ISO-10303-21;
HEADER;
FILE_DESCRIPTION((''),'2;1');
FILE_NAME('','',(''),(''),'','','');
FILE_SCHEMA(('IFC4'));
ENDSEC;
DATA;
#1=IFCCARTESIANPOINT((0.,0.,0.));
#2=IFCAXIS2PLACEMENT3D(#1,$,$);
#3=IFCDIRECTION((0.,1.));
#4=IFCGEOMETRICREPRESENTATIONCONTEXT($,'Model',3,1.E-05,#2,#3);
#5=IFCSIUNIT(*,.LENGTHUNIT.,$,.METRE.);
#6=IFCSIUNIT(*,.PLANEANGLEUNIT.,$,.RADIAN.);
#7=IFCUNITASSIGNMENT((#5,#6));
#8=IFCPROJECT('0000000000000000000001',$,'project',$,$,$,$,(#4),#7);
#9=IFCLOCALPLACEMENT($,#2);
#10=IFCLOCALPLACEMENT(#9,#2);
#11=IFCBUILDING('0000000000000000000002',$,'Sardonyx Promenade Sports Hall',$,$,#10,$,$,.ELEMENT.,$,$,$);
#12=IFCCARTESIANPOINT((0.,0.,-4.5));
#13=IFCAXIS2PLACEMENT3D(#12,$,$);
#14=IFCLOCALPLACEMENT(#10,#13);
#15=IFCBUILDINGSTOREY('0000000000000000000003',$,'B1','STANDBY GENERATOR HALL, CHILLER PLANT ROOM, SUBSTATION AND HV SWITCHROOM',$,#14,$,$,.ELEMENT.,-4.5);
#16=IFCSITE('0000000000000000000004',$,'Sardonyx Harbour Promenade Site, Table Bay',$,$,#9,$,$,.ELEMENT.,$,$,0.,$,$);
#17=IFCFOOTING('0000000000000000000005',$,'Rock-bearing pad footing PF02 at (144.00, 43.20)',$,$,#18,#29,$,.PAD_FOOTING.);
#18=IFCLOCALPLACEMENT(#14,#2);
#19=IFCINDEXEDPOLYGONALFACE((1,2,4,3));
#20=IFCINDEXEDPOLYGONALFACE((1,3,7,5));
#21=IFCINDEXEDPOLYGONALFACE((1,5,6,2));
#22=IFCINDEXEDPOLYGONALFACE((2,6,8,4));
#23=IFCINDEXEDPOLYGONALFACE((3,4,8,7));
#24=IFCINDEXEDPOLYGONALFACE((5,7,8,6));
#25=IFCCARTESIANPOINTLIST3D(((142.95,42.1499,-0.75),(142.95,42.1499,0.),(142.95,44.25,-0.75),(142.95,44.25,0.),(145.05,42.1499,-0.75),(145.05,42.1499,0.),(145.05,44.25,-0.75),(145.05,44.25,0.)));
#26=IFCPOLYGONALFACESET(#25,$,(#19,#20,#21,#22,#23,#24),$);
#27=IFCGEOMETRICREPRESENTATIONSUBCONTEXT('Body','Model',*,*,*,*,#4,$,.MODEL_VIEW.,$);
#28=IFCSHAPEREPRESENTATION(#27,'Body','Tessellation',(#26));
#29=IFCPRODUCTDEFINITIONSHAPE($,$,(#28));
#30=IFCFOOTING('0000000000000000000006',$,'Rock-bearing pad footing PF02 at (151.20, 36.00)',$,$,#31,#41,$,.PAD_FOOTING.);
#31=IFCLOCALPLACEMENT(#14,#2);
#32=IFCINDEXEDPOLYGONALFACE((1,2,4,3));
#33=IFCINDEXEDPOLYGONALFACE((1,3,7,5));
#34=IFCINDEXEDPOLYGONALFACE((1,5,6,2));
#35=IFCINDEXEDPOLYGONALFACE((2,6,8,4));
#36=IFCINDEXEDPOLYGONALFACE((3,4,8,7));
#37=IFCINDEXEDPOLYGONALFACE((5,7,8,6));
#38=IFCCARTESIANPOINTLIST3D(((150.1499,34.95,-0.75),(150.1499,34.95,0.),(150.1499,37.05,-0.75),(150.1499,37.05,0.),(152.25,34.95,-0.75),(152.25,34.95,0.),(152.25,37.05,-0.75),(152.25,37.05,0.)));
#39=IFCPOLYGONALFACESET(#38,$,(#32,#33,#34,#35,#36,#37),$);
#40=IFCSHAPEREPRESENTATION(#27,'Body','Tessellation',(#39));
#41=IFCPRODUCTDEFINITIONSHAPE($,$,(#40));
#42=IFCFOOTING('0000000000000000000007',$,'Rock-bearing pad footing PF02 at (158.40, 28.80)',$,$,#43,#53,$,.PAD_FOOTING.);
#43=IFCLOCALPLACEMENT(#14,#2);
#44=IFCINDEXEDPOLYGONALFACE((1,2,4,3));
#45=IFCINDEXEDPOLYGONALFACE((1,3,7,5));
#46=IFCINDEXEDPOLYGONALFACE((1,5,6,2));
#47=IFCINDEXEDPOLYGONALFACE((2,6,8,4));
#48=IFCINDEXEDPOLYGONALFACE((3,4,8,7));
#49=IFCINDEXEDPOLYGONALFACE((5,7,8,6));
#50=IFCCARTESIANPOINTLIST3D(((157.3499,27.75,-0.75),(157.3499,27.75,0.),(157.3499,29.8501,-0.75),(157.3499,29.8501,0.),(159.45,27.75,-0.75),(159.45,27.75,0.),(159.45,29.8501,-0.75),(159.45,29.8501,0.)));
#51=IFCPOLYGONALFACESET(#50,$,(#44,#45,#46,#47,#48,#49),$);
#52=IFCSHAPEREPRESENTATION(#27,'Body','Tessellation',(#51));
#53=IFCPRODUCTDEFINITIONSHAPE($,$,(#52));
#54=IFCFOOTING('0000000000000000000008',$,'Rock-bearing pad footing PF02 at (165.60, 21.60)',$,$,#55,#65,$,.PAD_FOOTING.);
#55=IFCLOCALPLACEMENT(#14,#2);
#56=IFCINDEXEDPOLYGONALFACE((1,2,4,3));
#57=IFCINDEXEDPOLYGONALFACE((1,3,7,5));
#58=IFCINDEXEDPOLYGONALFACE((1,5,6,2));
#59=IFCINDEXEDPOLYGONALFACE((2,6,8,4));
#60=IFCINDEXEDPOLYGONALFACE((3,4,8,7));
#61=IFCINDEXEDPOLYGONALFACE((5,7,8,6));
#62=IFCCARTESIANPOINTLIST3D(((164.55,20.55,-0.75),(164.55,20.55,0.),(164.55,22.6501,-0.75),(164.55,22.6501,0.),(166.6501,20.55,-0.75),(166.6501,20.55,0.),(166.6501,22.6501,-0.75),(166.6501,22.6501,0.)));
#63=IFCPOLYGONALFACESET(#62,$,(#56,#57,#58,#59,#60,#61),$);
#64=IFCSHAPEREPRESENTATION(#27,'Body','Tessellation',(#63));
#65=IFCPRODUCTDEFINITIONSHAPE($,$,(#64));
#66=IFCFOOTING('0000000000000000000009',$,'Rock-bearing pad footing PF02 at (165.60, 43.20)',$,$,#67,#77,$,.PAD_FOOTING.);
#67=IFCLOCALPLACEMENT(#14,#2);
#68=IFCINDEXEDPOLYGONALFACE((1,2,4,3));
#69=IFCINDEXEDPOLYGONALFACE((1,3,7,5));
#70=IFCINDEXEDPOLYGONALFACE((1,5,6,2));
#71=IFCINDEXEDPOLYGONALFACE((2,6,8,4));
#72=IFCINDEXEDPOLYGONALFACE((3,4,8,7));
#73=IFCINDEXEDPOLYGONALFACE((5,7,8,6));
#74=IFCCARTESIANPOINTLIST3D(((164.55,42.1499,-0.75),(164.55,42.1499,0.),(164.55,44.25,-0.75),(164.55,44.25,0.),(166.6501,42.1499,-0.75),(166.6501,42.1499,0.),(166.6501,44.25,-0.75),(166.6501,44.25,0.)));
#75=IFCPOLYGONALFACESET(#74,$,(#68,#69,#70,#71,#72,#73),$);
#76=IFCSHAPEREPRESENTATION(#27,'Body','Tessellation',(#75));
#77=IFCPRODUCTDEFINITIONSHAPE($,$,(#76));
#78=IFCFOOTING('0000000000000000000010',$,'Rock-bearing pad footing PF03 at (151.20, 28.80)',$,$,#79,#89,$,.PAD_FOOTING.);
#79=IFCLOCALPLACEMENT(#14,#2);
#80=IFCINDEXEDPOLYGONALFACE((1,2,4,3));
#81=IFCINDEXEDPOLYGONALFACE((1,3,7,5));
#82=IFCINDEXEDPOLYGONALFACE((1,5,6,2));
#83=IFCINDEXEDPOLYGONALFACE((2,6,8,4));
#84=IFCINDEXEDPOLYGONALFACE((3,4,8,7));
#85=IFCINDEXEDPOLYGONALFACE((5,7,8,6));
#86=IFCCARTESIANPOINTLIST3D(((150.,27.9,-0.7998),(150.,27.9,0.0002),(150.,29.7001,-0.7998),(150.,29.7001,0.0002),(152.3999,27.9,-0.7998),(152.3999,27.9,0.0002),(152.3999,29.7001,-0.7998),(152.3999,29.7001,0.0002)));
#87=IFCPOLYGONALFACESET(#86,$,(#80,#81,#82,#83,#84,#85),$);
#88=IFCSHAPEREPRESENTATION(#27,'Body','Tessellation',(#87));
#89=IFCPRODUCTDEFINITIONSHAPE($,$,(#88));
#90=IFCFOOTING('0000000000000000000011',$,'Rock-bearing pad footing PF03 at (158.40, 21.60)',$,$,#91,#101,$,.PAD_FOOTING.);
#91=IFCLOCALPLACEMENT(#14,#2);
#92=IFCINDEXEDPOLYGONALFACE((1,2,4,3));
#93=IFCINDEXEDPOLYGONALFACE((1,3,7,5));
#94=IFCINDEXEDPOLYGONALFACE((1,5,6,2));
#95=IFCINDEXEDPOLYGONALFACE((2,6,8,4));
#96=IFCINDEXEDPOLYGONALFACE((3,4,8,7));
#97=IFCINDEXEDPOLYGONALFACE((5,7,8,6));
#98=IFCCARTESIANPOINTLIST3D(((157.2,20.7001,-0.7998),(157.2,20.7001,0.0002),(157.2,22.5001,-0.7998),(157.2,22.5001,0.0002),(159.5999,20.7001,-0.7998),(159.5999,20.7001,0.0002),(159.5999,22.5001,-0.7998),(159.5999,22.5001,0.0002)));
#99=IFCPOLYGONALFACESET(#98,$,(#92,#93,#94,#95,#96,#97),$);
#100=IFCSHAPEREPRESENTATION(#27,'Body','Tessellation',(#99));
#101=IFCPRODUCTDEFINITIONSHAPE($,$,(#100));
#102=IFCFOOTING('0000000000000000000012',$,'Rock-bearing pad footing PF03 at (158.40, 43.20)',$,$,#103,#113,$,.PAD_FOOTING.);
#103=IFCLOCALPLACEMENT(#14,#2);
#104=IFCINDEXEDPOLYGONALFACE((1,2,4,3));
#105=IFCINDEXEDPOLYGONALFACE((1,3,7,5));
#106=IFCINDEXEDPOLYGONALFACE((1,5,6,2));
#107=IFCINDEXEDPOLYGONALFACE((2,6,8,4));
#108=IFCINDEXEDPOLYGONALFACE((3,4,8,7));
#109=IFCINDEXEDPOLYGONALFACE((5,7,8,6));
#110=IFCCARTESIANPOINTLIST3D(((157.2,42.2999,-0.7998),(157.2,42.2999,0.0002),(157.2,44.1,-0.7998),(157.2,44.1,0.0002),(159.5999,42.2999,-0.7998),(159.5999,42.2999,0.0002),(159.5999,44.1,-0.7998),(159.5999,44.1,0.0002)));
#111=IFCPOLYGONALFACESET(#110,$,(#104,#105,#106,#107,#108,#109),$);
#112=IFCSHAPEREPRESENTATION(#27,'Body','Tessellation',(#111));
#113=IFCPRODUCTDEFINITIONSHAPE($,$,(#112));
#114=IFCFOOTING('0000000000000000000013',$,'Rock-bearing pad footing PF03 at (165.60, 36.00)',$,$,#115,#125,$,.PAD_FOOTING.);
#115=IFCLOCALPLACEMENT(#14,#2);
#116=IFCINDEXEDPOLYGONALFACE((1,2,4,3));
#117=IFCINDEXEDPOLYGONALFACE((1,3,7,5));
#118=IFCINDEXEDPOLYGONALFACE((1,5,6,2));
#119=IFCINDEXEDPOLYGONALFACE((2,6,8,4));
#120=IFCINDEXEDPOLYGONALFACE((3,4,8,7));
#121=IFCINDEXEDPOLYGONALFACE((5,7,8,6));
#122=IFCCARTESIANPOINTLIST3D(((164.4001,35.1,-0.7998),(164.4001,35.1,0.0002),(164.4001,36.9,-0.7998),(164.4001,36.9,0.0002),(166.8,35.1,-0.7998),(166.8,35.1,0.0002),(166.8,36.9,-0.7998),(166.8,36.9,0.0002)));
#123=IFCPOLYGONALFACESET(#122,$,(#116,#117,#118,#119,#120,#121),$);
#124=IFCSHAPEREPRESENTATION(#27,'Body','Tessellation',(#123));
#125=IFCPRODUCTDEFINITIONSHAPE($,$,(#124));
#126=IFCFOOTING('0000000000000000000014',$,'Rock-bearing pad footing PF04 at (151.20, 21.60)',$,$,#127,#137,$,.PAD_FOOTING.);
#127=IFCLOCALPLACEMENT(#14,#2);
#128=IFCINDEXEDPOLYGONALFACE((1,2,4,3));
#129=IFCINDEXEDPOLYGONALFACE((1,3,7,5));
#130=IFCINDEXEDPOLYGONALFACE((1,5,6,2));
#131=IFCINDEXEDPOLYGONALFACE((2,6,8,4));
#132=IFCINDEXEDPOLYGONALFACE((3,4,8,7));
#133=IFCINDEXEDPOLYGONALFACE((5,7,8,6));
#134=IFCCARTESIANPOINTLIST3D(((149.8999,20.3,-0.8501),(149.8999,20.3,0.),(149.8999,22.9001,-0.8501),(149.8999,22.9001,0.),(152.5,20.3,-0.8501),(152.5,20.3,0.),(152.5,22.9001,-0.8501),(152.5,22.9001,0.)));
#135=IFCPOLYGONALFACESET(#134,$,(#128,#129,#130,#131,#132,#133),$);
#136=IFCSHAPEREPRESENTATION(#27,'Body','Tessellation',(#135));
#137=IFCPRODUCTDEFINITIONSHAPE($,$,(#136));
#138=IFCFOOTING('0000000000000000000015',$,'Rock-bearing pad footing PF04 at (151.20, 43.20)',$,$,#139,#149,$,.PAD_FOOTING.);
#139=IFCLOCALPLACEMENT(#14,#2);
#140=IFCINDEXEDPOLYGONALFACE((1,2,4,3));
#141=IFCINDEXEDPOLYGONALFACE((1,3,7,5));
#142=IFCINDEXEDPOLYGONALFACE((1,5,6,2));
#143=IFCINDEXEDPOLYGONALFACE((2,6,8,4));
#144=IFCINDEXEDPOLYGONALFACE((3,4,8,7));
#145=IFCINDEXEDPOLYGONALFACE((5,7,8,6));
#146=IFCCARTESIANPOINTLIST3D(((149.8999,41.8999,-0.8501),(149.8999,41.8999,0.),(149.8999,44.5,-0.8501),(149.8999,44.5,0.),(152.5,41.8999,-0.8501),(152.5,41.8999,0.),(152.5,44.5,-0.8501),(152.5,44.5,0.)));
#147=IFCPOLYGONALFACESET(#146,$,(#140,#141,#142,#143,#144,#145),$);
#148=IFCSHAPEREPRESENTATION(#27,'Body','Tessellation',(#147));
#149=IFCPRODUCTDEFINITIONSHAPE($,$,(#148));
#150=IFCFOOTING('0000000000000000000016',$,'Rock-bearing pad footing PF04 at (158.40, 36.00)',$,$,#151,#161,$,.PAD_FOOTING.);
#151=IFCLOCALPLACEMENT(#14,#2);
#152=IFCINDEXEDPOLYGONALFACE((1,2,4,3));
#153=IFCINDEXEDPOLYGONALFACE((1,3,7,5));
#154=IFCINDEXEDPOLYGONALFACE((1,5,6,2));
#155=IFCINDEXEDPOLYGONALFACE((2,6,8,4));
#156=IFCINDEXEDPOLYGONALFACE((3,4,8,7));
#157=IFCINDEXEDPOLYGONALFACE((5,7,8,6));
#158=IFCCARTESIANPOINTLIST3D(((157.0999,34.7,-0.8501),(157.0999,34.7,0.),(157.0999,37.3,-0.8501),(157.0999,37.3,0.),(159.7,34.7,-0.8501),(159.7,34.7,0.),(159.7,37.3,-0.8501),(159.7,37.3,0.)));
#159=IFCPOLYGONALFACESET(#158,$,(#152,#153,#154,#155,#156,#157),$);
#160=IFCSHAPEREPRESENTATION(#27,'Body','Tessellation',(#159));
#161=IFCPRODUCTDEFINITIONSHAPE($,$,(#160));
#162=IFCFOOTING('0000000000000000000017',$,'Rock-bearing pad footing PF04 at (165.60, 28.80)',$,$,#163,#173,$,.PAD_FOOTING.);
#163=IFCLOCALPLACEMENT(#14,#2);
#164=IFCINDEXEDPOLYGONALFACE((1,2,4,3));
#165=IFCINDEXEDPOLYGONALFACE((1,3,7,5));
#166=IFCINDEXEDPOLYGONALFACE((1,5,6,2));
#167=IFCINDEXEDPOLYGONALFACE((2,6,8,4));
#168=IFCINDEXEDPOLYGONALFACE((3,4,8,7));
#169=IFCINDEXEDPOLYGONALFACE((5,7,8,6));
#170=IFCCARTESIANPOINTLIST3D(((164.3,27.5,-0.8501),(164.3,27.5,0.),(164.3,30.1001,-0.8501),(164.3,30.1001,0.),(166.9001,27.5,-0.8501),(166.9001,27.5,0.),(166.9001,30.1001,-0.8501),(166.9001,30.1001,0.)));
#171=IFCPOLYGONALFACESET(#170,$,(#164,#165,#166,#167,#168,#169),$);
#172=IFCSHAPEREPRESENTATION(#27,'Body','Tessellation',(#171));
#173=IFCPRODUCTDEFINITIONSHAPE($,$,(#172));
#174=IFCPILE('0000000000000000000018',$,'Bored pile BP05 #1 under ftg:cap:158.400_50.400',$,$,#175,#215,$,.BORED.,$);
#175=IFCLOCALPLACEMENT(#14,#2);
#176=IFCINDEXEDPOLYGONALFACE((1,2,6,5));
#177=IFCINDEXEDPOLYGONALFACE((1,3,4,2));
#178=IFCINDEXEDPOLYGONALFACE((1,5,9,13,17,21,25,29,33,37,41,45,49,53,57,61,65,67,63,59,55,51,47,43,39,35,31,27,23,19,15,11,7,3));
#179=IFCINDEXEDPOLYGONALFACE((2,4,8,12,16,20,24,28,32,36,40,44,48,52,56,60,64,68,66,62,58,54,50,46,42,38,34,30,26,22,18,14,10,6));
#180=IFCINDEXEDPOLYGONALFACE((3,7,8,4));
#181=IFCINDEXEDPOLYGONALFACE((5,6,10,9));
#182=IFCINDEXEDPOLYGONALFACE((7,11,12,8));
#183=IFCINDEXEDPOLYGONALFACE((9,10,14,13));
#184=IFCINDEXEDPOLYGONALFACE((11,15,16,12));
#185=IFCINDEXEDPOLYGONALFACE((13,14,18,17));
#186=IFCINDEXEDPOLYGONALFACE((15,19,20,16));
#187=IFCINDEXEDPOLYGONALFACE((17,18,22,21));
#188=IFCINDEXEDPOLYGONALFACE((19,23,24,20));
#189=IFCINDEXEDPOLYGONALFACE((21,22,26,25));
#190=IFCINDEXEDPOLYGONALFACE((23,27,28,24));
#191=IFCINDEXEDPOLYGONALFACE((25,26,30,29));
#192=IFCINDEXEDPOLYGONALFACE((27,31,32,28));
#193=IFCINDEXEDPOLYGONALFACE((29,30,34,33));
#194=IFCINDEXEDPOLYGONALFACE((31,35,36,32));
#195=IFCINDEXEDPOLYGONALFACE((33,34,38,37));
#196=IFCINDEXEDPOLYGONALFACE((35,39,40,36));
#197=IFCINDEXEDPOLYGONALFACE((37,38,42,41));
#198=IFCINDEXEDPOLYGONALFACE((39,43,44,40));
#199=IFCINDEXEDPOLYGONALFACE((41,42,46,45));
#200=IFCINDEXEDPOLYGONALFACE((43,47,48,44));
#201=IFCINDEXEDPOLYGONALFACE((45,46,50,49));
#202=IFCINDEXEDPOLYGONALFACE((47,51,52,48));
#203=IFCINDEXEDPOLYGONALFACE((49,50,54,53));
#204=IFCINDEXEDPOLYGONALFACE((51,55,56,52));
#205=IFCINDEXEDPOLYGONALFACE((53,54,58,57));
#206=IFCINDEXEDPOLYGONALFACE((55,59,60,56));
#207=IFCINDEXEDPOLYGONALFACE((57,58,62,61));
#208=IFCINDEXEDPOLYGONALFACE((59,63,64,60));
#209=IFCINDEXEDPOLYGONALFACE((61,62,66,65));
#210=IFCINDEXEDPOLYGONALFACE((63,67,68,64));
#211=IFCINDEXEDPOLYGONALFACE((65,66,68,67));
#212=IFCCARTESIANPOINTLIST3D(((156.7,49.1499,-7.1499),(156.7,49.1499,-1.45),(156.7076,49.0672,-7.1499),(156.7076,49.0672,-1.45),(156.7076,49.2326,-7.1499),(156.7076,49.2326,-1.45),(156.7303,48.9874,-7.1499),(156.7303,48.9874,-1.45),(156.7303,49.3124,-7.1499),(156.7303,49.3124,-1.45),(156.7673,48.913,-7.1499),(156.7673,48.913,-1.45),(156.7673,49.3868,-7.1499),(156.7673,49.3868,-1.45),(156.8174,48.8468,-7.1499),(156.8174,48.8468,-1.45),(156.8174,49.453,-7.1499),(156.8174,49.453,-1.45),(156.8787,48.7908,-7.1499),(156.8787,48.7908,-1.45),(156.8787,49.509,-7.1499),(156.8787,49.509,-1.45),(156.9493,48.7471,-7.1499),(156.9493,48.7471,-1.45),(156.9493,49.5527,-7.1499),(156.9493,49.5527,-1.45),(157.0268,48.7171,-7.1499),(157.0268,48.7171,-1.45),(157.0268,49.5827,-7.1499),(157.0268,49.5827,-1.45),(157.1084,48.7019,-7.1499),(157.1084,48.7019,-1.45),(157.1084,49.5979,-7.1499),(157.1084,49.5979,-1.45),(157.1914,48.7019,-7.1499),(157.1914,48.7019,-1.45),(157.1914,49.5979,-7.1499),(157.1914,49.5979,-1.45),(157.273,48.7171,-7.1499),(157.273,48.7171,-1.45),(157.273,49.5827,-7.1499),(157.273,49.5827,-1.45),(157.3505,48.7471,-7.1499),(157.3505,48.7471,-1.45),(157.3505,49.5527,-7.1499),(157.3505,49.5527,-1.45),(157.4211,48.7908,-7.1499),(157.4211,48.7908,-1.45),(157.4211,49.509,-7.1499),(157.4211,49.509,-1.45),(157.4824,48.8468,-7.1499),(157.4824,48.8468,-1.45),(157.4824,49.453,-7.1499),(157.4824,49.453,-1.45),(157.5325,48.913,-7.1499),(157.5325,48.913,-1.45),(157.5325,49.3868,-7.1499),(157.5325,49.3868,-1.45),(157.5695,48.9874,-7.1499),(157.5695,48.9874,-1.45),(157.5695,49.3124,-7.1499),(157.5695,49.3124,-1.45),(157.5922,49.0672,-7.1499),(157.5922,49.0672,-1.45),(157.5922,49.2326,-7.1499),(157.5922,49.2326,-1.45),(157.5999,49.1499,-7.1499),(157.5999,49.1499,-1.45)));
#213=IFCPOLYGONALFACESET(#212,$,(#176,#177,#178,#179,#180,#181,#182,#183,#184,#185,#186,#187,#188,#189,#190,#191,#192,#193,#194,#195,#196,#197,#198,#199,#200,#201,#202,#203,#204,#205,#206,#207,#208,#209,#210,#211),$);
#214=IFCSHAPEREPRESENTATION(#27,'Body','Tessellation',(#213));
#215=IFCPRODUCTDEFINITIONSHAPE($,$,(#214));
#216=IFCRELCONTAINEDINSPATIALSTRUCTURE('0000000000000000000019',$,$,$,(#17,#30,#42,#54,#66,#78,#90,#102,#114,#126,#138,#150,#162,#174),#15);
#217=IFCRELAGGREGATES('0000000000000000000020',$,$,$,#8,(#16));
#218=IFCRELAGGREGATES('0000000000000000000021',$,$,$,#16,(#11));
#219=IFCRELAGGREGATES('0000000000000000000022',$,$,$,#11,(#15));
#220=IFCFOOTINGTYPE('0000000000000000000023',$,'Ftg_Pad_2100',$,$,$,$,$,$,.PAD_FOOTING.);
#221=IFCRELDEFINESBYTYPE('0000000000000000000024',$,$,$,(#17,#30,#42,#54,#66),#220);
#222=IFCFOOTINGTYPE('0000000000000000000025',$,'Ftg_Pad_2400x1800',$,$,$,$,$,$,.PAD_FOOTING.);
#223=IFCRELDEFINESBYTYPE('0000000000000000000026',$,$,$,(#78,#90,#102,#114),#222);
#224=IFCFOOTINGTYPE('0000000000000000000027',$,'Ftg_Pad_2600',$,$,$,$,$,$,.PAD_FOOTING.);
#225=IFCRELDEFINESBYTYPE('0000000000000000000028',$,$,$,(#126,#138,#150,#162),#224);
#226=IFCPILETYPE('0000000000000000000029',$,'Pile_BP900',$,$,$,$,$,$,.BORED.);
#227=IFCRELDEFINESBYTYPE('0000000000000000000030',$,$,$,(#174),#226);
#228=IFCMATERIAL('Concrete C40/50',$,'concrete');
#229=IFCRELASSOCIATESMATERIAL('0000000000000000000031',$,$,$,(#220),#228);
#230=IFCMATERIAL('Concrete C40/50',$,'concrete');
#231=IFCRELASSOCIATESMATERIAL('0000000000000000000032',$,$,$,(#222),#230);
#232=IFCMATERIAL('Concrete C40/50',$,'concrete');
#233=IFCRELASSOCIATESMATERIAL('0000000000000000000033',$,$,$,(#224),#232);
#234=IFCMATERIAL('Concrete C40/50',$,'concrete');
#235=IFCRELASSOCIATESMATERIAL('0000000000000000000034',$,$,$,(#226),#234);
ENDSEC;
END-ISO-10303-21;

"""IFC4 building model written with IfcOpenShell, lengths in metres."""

from ifc_helpers import new_model, si_unit, direction, frame, origin, origin_2d, place, context, subcontext, project, spatial, rectangle, circle, extrude, material, material_profile, profile_set, type_object, element, save


model = new_model("IFC4")

# Units and contexts
model_context = context("Model", 3, precision=1e-05, world=origin(), true_north=direction((0.0, 1.0)))
body_context = subcontext(model_context, "Body", "Model", "MODEL_VIEW")
ifc_project = project(units=[si_unit("LENGTHUNIT", "METRE"), si_unit("PLANEANGLEUNIT", "RADIAN")], contexts=[model_context])

# Site, building, storey
site_placement = place(None, origin())
site = spatial("IfcSite", under=ifc_project, at=site_placement, Name="Sardonyx Harbour Promenade Site, Table Bay", CompositionType="ELEMENT", RefElevation=0.0)
building_placement = place(site_placement, origin())
building = spatial("IfcBuilding", under=site, at=building_placement, Name="Sardonyx Promenade Sports Hall", CompositionType="ELEMENT")
storey_placement = place(building_placement, frame((0.0, 0.0, -4.5)))
storey = spatial("IfcBuildingStorey", under=building, at=storey_placement, Name="B1", Description="STANDBY GENERATOR HALL, CHILLER PLANT ROOM, SUBSTATION AND HV SWITCHROOM", CompositionType="ELEMENT", Elevation=-4.5)

# Footings
ifc_material_1 = material(Name="Concrete C40/50", Category="concrete")
footing_type_1 = type_object("IfcFootingType", Name="Ftg_Pad_2100", PredefinedType="PAD_FOOTING", material=ifc_material_1)
for number, where, z_axis, x_axis, name in (
    (1, (144.0, 43.2, -0.75), (0.0, 0.0, 1.0), (1.0, 0.0, 0.0), "Rock-bearing pad footing PF02 at (144.00, 43.20)"),
    (2, (151.2, 36.0, -0.75), (0.0, 0.0, 1.0), (1.0, 0.0, 0.0), "Rock-bearing pad footing PF02 at (151.20, 36.00)"),
    (3, (158.3999, 28.8, -0.75), (0.0, 0.0, 1.0), (1.0, 0.0, 0.0), "Rock-bearing pad footing PF02 at (158.40, 28.80)"),
    (4, (165.6001, 21.6001, -0.75), (0.0, 0.0, 1.0), (1.0, 0.0, 0.0), "Rock-bearing pad footing PF02 at (165.60, 21.60)"),
    (5, (165.6001, 43.2, -0.75), (0.0, 0.0, 1.0), (1.0, 0.0, 0.0), "Rock-bearing pad footing PF02 at (165.60, 43.20)"),
):
    element("IfcFooting", number, at=place(storey_placement, frame(where, z_axis=z_axis, x_axis=x_axis)), inside=storey, type_object=footing_type_1, Name=name, PredefinedType="PAD_FOOTING", context=body_context, shape_type="SweptSolid", body=[
        extrude(rectangle(XDim=2.1001, YDim=2.1001, at=origin_2d()), origin(), (0.0, 0.0, 1.0), 0.75),
    ])
ifc_material_2 = material(Name="Concrete C40/50", Category="concrete")
footing_type_2 = type_object("IfcFootingType", Name="Ftg_Pad_2400x1800", PredefinedType="PAD_FOOTING", material=ifc_material_2)
for number, where, z_axis, x_axis, name in (
    (6, (151.2, 28.8, -0.7998), (0.0, 0.0, 1.0), (1.0, 0.0, 0.0), "Rock-bearing pad footing PF03 at (151.20, 28.80)"),
    (7, (158.3999, 21.6001, -0.7998), (0.0, 0.0, 1.0), (1.0, 0.0, 0.0), "Rock-bearing pad footing PF03 at (158.40, 21.60)"),
    (8, (158.3999, 43.2, -0.7998), (0.0, 0.0, 1.0), (1.0, 0.0, 0.0), "Rock-bearing pad footing PF03 at (158.40, 43.20)"),
    (9, (165.6001, 36.0, -0.7998), (0.0, 0.0, 1.0), (1.0, 0.0, 0.0), "Rock-bearing pad footing PF03 at (165.60, 36.00)"),
):
    element("IfcFooting", number, at=place(storey_placement, frame(where, z_axis=z_axis, x_axis=x_axis)), inside=storey, type_object=footing_type_2, Name=name, PredefinedType="PAD_FOOTING", context=body_context, shape_type="SweptSolid", body=[
        extrude(rectangle(XDim=2.3999, YDim=1.8, at=origin_2d()), origin(), (0.0, 0.0, 1.0), 0.8),
    ])
ifc_material_3 = material(Name="Concrete C40/50", Category="concrete")
footing_type_3 = type_object("IfcFootingType", Name="Ftg_Pad_2600", PredefinedType="PAD_FOOTING", material=ifc_material_3)
for number, where, z_axis, x_axis, name in (
    (10, (151.2, 21.6001, -0.8501), (0.0, 0.0, 1.0), (1.0, 0.0, 0.0), "Rock-bearing pad footing PF04 at (151.20, 21.60)"),
    (11, (151.2, 43.2, -0.8501), (0.0, 0.0, 1.0), (1.0, 0.0, 0.0), "Rock-bearing pad footing PF04 at (151.20, 43.20)"),
    (12, (158.3999, 36.0, -0.8501), (0.0, 0.0, 1.0), (1.0, 0.0, 0.0), "Rock-bearing pad footing PF04 at (158.40, 36.00)"),
    (13, (165.6001, 28.8, -0.8501), (0.0, 0.0, 1.0), (1.0, 0.0, 0.0), "Rock-bearing pad footing PF04 at (165.60, 28.80)"),
):
    element("IfcFooting", number, at=place(storey_placement, frame(where, z_axis=z_axis, x_axis=x_axis)), inside=storey, type_object=footing_type_3, Name=name, PredefinedType="PAD_FOOTING", context=body_context, shape_type="SweptSolid", body=[
        extrude(rectangle(XDim=2.6001, YDim=2.6001, at=origin_2d()), origin(), (0.0, 0.0, 1.0), 0.8501),
    ])

# Pile
ifc_material_4 = material(Name="Concrete C40/50", Category="concrete")
ifc_material_profile_1 = material_profile(ifc_material_4, circle(Radius=0.45, at=origin_2d()))
ifc_profile_set_1 = profile_set([ifc_material_profile_1], Name="Concrete C40/50")
pile_type = type_object("IfcPileType", Name="Pile_BP900", PredefinedType="BORED", material=ifc_profile_set_1)
for number, where, z_axis, x_axis, name in (
    (14, (157.1499, 49.1499, -1.45), (0.0, 0.0, -1.0), (1.0, 0.0, 0.0), "Bored pile BP05 #1 under ftg:cap:158.400_50.400"),
):
    element("IfcPile", number, at=place(storey_placement, frame(where, z_axis=z_axis, x_axis=x_axis)), inside=storey, type_object=pile_type, Name=name, PredefinedType="BORED", context=body_context, shape_type="SweptSolid", body=[
        extrude(circle(Radius=0.45, at=origin_2d()), origin(), (0.0, 0.0, 1.0), 5.7),
    ])

save(model, "model.ifc")
